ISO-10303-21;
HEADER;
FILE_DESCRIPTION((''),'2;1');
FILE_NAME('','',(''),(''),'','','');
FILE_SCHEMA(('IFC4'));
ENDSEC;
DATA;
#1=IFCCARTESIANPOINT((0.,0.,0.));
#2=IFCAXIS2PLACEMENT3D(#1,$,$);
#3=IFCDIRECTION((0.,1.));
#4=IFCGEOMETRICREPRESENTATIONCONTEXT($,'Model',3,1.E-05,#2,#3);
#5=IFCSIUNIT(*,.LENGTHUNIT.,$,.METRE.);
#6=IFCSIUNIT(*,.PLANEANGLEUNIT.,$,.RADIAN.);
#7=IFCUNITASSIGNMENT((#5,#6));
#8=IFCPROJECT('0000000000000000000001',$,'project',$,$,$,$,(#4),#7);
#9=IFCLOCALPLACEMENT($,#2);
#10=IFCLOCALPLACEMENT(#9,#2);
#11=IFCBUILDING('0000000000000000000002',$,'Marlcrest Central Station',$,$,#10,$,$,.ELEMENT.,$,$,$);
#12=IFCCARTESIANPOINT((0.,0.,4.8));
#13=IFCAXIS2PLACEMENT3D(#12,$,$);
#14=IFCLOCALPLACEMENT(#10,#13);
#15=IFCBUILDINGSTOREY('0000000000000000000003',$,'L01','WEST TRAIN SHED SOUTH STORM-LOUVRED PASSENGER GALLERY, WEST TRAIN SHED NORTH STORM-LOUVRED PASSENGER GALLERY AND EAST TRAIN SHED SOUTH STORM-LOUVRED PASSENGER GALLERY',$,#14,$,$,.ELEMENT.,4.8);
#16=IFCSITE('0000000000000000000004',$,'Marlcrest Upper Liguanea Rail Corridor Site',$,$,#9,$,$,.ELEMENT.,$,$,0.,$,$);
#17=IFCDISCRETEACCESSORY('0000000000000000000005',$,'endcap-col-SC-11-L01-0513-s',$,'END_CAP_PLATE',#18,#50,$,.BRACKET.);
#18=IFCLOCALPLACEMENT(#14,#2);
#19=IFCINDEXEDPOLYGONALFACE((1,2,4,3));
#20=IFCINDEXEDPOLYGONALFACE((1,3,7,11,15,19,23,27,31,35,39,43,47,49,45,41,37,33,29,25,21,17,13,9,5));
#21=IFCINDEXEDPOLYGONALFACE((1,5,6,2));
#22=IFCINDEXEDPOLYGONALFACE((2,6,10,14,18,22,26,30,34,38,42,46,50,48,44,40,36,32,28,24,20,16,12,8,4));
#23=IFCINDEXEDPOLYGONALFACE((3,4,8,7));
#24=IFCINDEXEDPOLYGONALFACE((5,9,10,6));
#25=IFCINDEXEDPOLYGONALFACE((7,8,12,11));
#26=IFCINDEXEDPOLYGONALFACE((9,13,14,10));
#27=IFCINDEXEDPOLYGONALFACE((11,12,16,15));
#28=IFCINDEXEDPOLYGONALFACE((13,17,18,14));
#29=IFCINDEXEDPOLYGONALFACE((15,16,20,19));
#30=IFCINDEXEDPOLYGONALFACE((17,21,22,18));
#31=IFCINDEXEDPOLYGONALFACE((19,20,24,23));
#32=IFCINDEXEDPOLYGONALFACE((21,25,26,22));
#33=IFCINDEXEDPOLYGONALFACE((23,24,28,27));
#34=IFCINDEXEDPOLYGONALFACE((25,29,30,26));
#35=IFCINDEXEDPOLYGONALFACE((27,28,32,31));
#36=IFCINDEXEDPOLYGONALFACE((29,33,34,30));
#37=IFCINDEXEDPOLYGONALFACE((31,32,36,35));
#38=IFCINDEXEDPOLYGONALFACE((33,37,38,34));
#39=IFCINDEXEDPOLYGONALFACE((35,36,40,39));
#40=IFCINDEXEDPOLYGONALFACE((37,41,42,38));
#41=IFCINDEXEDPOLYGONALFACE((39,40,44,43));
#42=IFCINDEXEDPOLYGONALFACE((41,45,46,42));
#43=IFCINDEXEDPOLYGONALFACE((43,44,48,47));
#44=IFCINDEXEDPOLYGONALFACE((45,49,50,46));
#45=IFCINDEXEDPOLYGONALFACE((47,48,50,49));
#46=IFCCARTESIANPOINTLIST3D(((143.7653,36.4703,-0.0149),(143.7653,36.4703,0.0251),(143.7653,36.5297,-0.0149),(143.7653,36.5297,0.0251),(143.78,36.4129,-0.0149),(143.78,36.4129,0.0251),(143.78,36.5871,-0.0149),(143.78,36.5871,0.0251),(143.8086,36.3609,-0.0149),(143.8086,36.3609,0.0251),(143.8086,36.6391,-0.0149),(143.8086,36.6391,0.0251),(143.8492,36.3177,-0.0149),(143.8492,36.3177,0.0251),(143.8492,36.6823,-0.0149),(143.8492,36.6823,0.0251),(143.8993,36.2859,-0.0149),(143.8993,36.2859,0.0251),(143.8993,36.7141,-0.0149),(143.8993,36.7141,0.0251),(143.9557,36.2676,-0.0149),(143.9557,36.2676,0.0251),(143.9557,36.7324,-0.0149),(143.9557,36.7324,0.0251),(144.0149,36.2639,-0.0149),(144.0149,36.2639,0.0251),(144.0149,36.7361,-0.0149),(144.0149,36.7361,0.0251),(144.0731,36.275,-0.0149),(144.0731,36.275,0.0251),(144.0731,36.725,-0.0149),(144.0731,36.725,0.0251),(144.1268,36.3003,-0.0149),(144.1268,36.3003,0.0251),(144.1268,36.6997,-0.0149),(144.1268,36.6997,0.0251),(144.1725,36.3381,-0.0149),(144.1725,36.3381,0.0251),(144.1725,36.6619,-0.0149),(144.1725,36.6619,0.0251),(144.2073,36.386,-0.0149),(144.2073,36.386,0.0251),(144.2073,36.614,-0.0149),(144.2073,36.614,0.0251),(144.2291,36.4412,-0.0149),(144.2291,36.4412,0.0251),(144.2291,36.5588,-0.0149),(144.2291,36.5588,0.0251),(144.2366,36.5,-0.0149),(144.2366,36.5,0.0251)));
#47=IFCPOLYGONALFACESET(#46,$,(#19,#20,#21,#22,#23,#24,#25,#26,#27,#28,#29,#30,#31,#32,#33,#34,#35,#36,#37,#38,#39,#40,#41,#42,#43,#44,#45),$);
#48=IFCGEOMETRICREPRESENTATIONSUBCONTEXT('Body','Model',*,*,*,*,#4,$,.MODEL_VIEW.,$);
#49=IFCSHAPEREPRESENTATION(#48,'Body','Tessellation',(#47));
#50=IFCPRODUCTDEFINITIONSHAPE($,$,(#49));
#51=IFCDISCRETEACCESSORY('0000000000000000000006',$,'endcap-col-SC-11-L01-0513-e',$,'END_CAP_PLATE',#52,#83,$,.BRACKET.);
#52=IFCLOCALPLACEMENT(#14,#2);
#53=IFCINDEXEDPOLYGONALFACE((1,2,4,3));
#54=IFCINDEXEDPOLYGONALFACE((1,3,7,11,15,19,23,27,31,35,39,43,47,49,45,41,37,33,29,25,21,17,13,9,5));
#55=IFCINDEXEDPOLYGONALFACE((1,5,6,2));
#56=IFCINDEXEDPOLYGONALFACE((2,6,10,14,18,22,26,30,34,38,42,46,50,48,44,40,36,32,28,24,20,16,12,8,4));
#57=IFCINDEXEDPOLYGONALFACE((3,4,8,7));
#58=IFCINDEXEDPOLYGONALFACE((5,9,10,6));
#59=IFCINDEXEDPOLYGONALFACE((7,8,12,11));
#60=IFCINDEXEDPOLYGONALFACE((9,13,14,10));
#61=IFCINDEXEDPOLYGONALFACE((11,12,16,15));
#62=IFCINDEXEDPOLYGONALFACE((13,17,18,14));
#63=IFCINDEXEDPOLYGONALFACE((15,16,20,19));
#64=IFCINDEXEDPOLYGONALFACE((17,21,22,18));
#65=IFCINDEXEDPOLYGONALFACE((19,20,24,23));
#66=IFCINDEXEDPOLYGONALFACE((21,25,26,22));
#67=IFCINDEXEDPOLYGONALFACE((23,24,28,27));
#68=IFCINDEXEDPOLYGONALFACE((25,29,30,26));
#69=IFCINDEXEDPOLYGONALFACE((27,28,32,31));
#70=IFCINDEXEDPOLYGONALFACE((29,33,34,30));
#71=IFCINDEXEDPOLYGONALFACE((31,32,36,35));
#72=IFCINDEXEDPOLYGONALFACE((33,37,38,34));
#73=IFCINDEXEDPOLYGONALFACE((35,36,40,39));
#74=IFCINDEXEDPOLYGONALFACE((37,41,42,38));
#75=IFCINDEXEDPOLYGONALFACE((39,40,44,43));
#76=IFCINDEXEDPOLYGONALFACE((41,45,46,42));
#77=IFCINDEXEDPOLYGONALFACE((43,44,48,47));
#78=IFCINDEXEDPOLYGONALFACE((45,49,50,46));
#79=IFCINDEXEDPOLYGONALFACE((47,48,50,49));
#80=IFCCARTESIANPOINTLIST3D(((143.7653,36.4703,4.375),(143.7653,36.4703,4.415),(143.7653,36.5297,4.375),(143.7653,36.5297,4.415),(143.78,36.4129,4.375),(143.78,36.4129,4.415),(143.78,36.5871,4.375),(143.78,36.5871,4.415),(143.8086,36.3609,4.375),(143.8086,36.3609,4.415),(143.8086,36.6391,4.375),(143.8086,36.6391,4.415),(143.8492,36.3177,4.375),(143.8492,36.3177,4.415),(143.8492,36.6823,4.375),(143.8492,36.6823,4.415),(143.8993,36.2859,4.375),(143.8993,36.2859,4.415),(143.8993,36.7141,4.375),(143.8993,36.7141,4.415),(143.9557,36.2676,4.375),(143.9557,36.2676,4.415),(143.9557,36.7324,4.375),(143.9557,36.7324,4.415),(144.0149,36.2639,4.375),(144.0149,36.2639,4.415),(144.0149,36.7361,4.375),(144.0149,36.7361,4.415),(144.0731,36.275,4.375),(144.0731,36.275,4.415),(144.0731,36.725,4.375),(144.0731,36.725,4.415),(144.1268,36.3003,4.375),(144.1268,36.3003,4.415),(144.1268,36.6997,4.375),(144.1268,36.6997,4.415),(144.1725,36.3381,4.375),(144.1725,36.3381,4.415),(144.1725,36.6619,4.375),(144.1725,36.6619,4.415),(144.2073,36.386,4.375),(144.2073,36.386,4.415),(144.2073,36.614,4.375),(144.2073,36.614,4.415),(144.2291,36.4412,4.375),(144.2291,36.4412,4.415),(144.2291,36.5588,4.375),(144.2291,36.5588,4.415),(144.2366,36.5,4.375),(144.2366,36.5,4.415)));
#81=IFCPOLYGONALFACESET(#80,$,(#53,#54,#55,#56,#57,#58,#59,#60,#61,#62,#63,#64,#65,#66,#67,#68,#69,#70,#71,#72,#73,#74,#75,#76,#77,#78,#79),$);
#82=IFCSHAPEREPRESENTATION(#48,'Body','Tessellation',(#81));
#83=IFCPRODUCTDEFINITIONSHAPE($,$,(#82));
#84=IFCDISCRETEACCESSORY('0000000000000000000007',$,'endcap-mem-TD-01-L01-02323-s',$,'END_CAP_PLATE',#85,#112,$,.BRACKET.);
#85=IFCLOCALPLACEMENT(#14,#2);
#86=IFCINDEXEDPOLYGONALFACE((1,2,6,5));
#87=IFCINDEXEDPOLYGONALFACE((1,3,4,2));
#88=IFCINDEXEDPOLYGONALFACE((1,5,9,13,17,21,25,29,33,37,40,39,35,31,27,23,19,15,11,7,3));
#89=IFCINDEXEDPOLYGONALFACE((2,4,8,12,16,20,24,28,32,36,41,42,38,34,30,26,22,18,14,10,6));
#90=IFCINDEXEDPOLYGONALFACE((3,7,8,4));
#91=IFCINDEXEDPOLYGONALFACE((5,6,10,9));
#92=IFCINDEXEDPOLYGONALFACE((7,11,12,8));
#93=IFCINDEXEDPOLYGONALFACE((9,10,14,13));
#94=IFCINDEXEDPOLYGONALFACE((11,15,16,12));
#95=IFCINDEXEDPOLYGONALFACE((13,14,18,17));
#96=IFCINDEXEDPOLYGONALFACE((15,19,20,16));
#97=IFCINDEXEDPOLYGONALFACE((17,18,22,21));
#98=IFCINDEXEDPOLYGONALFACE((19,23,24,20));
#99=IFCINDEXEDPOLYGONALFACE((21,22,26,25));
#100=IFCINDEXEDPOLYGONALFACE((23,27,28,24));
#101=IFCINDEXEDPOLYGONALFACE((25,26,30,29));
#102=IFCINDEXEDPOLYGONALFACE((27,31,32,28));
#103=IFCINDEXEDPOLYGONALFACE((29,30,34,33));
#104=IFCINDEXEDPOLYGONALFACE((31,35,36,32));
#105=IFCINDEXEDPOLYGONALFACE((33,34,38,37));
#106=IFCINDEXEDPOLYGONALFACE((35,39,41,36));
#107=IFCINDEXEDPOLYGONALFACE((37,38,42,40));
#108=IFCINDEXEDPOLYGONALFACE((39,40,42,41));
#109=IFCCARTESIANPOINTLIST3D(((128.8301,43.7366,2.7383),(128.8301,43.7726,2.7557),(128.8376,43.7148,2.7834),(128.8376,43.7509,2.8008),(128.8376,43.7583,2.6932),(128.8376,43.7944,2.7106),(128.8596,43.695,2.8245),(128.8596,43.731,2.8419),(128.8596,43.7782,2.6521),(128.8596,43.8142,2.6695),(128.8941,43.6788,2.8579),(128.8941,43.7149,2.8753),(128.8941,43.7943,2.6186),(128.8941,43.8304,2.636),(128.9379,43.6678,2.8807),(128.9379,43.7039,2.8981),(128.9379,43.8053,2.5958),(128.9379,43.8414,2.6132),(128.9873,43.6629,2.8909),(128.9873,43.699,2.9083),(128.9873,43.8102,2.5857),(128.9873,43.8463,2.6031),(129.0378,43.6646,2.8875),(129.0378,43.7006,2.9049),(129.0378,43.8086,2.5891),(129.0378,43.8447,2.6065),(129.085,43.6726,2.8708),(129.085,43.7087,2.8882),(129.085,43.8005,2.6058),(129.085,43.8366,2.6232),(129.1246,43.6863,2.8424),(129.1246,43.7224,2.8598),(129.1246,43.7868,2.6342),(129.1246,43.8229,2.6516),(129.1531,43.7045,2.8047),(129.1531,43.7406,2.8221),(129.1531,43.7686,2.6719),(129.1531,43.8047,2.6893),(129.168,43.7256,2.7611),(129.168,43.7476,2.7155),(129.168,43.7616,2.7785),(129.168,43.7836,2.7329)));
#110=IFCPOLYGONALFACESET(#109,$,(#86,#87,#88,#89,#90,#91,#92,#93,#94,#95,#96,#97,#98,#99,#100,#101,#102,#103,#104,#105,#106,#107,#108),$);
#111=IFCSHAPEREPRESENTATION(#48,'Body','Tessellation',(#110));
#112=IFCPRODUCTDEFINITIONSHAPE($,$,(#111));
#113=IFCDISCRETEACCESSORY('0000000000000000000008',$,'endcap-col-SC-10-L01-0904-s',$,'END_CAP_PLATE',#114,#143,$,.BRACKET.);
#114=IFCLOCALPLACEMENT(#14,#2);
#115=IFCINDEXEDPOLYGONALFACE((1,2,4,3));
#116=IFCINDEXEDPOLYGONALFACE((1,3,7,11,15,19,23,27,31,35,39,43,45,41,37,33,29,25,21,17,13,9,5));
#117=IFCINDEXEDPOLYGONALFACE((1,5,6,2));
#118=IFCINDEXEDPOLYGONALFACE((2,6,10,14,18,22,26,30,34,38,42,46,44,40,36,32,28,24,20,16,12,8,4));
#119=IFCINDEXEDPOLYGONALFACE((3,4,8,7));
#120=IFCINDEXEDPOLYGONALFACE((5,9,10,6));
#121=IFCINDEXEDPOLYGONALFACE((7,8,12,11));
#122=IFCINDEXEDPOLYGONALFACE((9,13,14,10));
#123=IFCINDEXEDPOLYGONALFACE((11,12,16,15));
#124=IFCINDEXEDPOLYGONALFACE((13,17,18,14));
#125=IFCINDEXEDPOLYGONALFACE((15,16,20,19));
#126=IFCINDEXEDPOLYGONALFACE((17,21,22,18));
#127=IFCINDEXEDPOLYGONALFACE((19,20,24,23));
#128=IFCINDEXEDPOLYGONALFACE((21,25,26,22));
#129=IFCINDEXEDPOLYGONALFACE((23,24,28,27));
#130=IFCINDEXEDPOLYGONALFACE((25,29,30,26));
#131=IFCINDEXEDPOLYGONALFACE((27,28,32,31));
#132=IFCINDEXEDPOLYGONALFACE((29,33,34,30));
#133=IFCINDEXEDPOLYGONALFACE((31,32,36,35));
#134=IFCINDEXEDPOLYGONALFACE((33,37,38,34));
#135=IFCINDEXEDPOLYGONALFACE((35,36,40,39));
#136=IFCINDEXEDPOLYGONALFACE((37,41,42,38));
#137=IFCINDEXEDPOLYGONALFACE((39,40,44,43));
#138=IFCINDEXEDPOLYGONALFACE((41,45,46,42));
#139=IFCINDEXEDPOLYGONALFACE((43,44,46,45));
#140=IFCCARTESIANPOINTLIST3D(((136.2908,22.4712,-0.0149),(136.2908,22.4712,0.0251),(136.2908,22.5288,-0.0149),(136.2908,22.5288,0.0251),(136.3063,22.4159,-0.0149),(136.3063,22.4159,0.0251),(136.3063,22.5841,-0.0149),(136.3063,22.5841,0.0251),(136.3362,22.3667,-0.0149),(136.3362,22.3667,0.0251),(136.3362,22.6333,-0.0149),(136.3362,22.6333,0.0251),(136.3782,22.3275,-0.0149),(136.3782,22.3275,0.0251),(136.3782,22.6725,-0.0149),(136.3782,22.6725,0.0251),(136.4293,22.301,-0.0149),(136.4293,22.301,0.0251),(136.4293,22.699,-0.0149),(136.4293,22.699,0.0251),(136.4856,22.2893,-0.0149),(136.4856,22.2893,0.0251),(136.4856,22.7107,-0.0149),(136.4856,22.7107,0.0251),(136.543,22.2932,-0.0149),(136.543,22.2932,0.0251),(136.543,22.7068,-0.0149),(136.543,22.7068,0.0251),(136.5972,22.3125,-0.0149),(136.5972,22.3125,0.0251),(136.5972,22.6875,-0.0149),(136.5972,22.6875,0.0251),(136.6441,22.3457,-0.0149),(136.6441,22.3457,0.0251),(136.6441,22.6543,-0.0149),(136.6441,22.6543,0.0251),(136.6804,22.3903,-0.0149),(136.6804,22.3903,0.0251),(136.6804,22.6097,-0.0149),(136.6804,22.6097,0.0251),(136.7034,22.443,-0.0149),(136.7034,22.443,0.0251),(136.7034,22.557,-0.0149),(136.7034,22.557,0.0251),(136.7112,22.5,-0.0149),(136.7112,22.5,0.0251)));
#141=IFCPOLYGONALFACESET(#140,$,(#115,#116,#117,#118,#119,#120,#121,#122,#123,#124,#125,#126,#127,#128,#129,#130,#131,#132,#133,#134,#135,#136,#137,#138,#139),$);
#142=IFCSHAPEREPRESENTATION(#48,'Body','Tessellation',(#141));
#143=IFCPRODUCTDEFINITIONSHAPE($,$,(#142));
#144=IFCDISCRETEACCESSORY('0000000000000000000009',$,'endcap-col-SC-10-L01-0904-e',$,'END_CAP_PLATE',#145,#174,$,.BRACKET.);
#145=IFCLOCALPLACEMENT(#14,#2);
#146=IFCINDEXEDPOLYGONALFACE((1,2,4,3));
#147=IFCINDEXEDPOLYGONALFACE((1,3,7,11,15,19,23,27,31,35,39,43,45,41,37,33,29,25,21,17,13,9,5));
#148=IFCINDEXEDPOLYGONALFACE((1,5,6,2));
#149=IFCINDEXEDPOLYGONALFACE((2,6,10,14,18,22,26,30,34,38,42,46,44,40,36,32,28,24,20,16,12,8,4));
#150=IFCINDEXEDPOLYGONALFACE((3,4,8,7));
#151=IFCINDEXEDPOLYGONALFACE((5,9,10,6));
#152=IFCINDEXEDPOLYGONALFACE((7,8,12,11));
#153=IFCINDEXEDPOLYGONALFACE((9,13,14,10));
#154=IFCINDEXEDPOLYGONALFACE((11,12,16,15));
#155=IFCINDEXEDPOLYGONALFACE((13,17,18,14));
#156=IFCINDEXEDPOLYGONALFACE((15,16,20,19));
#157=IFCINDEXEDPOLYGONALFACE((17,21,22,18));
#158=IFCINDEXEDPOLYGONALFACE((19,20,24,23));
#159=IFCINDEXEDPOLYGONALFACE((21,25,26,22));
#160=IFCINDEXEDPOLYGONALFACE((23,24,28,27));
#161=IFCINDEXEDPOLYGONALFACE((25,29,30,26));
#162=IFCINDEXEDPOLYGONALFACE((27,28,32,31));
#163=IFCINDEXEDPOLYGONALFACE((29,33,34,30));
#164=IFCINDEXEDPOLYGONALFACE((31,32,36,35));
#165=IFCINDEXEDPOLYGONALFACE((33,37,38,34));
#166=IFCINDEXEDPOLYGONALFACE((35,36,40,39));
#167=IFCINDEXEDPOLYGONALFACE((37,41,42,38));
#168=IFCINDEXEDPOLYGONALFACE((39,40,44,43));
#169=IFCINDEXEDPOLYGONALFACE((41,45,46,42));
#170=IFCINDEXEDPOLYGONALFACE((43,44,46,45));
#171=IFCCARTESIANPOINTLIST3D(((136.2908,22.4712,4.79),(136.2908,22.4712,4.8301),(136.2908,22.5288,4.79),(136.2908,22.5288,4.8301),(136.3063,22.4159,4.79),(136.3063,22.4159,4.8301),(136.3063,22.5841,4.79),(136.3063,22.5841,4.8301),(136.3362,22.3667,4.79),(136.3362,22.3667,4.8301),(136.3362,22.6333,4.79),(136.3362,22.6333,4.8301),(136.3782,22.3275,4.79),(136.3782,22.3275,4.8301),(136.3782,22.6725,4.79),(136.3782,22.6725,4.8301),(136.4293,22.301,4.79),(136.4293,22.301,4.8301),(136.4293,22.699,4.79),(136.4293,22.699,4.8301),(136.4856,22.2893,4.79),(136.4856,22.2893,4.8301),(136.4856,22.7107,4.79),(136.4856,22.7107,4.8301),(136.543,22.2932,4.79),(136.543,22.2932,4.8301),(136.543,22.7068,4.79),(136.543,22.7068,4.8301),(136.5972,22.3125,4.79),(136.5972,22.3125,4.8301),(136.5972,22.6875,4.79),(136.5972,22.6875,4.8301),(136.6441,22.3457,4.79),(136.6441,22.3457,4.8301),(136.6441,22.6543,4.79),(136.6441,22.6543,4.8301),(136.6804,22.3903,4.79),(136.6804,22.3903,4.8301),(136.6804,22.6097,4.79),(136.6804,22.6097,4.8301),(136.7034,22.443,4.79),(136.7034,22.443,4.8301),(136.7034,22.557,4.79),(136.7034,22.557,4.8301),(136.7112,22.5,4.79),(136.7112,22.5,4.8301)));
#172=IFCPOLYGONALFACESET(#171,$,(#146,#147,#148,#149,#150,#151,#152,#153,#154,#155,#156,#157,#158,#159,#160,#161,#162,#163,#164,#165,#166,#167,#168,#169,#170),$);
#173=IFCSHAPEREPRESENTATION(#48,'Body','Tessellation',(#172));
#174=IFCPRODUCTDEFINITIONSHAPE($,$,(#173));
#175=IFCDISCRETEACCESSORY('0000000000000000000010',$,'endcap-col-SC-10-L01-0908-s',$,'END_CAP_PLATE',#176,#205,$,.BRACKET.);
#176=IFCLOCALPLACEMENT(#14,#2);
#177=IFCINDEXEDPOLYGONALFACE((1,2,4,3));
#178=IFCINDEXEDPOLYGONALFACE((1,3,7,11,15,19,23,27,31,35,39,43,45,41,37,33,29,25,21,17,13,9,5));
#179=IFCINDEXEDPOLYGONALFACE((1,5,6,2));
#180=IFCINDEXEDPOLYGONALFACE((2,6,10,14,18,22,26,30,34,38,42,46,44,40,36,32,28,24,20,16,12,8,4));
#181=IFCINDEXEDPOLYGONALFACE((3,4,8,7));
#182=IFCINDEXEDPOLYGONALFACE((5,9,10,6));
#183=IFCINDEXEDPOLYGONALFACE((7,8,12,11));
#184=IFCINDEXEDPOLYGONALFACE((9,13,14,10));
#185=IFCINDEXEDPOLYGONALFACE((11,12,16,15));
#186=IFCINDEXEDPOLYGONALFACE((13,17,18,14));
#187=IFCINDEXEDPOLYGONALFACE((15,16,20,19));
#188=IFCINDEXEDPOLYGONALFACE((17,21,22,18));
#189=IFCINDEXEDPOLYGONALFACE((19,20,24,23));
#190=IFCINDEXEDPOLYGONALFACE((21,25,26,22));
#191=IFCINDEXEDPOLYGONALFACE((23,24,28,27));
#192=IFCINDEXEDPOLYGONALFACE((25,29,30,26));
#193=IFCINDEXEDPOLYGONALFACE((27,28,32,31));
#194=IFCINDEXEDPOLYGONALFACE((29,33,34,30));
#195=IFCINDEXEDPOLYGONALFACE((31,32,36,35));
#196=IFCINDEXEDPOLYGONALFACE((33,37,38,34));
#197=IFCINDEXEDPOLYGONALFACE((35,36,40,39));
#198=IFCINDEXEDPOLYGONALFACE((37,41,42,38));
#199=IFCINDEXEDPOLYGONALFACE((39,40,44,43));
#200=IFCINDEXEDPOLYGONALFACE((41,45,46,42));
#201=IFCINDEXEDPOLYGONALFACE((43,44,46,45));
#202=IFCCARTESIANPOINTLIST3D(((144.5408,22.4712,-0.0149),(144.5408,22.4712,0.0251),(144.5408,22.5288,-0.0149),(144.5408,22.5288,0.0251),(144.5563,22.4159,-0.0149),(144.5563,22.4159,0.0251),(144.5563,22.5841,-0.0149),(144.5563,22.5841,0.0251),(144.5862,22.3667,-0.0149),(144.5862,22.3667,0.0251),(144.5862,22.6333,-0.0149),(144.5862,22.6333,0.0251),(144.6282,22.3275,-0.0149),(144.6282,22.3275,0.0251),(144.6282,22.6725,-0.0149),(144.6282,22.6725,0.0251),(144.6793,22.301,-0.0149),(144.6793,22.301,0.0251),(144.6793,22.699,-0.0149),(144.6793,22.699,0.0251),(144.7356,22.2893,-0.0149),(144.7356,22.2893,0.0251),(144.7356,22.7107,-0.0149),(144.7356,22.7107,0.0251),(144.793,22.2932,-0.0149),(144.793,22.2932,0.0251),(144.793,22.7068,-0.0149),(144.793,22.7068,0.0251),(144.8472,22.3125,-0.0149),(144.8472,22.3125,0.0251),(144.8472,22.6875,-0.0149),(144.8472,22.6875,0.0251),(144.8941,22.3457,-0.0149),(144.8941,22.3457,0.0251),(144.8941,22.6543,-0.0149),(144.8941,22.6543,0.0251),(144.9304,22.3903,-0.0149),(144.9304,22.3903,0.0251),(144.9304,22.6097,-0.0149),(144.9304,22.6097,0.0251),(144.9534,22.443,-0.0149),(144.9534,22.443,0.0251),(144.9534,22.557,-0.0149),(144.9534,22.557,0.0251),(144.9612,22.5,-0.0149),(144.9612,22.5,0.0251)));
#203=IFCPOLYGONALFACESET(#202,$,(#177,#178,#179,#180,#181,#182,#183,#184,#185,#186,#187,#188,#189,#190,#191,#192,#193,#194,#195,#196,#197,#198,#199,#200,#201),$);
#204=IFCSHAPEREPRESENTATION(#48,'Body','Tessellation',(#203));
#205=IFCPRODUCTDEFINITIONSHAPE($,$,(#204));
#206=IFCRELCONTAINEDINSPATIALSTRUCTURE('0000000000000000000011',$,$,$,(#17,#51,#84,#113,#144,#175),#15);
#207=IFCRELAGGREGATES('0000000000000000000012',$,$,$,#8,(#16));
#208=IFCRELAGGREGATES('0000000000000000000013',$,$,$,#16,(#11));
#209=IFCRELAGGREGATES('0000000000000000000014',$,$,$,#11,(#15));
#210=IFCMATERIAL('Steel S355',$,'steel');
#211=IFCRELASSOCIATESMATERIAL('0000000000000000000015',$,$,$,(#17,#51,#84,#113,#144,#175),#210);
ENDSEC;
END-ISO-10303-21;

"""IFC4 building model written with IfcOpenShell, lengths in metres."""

from ifc_helpers import new_model, si_unit, direction, frame, origin, origin_2d, place, context, subcontext, project, spatial, circle, extrude, material, element, save


model = new_model("IFC4")

# Units and contexts
model_context = context("Model", 3, precision=1e-05, world=origin(), true_north=direction((0.0, 1.0)))
body_context = subcontext(model_context, "Body", "Model", "MODEL_VIEW")
ifc_project = project(units=[si_unit("LENGTHUNIT", "METRE"), si_unit("PLANEANGLEUNIT", "RADIAN")], contexts=[model_context])

# Site, building, storey
site_placement = place(None, origin())
site = spatial("IfcSite", under=ifc_project, at=site_placement, Name="Marlcrest Upper Liguanea Rail Corridor Site", CompositionType="ELEMENT", RefElevation=0.0)
building_placement = place(site_placement, origin())
building = spatial("IfcBuilding", under=site, at=building_placement, Name="Marlcrest Central Station", CompositionType="ELEMENT")
storey_placement = place(building_placement, frame((0.0, 0.0, 4.8)))
storey = spatial("IfcBuildingStorey", under=building, at=storey_placement, Name="L01", Description="WEST TRAIN SHED SOUTH STORM-LOUVRED PASSENGER GALLERY, WEST TRAIN SHED NORTH STORM-LOUVRED PASSENGER GALLERY AND EAST TRAIN SHED SOUTH STORM-LOUVRED PASSENGER GALLERY", CompositionType="ELEMENT", Elevation=4.8)

# Shared definitions
ifc_material_1 = material(Name="Steel S355", Category="steel")

# Discrete accessories
for number, where, z_axis, x_axis, name in (
    (1, (144.0, 36.5, -0.0149), (0.0, 0.0, 1.0), (1.0, 0.0, 0.0), "endcap-col-SC-11-L01-0513-s"),
    (2, (144.0, 36.5, 4.375), (0.0, 0.0, 1.0), (1.0, 0.0, 0.0), "endcap-col-SC-11-L01-0513-e"),
):
    element("IfcDiscreteAccessory", number, at=place(storey_placement, frame(where, z_axis=z_axis, x_axis=x_axis)), inside=storey, material=ifc_material_1, Name=name, ObjectType="END_CAP_PLATE", PredefinedType="BRACKET", context=body_context, shape_type="SweptSolid", body=[
        extrude(circle(Radius=0.2366, at=origin_2d()), origin(), (0.0, 0.0, 1.0), 0.04),
    ])
discrete_accessory_placement = place(storey_placement, frame((129.0, 43.7366, 2.7383), z_axis=(0.0, 0.900552, 0.434749), x_axis=(-1.0, 0.0, 0.0)))
element("IfcDiscreteAccessory", 3, at=discrete_accessory_placement, inside=storey, material=ifc_material_1, Name="endcap-mem-TD-01-L01-02323-s", ObjectType="END_CAP_PLATE", PredefinedType="BRACKET", context=body_context, shape_type="SweptSolid", body=[
    extrude(circle(Radius=0.1699, at=origin_2d()), origin(), (0.0, 0.0, 1.0), 0.04),
])
for number, where, z_axis, x_axis, name in (
    (4, (136.5, 22.5, -0.0149), (0.0, 0.0, 1.0), (1.0, 0.0, 0.0), "endcap-col-SC-10-L01-0904-s"),
    (5, (136.5, 22.5, 4.79), (0.0, 0.0, 1.0), (1.0, 0.0, 0.0), "endcap-col-SC-10-L01-0904-e"),
    (6, (144.75, 22.5, -0.0149), (0.0, 0.0, 1.0), (1.0, 0.0, 0.0), "endcap-col-SC-10-L01-0908-s"),
):
    element("IfcDiscreteAccessory", number, at=place(storey_placement, frame(where, z_axis=z_axis, x_axis=x_axis)), inside=storey, material=ifc_material_1, Name=name, ObjectType="END_CAP_PLATE", PredefinedType="BRACKET", context=body_context, shape_type="SweptSolid", body=[
        extrude(circle(Radius=0.2112, at=origin_2d()), origin(), (0.0, 0.0, 1.0), 0.04),
    ])

save(model, "model.ifc")
